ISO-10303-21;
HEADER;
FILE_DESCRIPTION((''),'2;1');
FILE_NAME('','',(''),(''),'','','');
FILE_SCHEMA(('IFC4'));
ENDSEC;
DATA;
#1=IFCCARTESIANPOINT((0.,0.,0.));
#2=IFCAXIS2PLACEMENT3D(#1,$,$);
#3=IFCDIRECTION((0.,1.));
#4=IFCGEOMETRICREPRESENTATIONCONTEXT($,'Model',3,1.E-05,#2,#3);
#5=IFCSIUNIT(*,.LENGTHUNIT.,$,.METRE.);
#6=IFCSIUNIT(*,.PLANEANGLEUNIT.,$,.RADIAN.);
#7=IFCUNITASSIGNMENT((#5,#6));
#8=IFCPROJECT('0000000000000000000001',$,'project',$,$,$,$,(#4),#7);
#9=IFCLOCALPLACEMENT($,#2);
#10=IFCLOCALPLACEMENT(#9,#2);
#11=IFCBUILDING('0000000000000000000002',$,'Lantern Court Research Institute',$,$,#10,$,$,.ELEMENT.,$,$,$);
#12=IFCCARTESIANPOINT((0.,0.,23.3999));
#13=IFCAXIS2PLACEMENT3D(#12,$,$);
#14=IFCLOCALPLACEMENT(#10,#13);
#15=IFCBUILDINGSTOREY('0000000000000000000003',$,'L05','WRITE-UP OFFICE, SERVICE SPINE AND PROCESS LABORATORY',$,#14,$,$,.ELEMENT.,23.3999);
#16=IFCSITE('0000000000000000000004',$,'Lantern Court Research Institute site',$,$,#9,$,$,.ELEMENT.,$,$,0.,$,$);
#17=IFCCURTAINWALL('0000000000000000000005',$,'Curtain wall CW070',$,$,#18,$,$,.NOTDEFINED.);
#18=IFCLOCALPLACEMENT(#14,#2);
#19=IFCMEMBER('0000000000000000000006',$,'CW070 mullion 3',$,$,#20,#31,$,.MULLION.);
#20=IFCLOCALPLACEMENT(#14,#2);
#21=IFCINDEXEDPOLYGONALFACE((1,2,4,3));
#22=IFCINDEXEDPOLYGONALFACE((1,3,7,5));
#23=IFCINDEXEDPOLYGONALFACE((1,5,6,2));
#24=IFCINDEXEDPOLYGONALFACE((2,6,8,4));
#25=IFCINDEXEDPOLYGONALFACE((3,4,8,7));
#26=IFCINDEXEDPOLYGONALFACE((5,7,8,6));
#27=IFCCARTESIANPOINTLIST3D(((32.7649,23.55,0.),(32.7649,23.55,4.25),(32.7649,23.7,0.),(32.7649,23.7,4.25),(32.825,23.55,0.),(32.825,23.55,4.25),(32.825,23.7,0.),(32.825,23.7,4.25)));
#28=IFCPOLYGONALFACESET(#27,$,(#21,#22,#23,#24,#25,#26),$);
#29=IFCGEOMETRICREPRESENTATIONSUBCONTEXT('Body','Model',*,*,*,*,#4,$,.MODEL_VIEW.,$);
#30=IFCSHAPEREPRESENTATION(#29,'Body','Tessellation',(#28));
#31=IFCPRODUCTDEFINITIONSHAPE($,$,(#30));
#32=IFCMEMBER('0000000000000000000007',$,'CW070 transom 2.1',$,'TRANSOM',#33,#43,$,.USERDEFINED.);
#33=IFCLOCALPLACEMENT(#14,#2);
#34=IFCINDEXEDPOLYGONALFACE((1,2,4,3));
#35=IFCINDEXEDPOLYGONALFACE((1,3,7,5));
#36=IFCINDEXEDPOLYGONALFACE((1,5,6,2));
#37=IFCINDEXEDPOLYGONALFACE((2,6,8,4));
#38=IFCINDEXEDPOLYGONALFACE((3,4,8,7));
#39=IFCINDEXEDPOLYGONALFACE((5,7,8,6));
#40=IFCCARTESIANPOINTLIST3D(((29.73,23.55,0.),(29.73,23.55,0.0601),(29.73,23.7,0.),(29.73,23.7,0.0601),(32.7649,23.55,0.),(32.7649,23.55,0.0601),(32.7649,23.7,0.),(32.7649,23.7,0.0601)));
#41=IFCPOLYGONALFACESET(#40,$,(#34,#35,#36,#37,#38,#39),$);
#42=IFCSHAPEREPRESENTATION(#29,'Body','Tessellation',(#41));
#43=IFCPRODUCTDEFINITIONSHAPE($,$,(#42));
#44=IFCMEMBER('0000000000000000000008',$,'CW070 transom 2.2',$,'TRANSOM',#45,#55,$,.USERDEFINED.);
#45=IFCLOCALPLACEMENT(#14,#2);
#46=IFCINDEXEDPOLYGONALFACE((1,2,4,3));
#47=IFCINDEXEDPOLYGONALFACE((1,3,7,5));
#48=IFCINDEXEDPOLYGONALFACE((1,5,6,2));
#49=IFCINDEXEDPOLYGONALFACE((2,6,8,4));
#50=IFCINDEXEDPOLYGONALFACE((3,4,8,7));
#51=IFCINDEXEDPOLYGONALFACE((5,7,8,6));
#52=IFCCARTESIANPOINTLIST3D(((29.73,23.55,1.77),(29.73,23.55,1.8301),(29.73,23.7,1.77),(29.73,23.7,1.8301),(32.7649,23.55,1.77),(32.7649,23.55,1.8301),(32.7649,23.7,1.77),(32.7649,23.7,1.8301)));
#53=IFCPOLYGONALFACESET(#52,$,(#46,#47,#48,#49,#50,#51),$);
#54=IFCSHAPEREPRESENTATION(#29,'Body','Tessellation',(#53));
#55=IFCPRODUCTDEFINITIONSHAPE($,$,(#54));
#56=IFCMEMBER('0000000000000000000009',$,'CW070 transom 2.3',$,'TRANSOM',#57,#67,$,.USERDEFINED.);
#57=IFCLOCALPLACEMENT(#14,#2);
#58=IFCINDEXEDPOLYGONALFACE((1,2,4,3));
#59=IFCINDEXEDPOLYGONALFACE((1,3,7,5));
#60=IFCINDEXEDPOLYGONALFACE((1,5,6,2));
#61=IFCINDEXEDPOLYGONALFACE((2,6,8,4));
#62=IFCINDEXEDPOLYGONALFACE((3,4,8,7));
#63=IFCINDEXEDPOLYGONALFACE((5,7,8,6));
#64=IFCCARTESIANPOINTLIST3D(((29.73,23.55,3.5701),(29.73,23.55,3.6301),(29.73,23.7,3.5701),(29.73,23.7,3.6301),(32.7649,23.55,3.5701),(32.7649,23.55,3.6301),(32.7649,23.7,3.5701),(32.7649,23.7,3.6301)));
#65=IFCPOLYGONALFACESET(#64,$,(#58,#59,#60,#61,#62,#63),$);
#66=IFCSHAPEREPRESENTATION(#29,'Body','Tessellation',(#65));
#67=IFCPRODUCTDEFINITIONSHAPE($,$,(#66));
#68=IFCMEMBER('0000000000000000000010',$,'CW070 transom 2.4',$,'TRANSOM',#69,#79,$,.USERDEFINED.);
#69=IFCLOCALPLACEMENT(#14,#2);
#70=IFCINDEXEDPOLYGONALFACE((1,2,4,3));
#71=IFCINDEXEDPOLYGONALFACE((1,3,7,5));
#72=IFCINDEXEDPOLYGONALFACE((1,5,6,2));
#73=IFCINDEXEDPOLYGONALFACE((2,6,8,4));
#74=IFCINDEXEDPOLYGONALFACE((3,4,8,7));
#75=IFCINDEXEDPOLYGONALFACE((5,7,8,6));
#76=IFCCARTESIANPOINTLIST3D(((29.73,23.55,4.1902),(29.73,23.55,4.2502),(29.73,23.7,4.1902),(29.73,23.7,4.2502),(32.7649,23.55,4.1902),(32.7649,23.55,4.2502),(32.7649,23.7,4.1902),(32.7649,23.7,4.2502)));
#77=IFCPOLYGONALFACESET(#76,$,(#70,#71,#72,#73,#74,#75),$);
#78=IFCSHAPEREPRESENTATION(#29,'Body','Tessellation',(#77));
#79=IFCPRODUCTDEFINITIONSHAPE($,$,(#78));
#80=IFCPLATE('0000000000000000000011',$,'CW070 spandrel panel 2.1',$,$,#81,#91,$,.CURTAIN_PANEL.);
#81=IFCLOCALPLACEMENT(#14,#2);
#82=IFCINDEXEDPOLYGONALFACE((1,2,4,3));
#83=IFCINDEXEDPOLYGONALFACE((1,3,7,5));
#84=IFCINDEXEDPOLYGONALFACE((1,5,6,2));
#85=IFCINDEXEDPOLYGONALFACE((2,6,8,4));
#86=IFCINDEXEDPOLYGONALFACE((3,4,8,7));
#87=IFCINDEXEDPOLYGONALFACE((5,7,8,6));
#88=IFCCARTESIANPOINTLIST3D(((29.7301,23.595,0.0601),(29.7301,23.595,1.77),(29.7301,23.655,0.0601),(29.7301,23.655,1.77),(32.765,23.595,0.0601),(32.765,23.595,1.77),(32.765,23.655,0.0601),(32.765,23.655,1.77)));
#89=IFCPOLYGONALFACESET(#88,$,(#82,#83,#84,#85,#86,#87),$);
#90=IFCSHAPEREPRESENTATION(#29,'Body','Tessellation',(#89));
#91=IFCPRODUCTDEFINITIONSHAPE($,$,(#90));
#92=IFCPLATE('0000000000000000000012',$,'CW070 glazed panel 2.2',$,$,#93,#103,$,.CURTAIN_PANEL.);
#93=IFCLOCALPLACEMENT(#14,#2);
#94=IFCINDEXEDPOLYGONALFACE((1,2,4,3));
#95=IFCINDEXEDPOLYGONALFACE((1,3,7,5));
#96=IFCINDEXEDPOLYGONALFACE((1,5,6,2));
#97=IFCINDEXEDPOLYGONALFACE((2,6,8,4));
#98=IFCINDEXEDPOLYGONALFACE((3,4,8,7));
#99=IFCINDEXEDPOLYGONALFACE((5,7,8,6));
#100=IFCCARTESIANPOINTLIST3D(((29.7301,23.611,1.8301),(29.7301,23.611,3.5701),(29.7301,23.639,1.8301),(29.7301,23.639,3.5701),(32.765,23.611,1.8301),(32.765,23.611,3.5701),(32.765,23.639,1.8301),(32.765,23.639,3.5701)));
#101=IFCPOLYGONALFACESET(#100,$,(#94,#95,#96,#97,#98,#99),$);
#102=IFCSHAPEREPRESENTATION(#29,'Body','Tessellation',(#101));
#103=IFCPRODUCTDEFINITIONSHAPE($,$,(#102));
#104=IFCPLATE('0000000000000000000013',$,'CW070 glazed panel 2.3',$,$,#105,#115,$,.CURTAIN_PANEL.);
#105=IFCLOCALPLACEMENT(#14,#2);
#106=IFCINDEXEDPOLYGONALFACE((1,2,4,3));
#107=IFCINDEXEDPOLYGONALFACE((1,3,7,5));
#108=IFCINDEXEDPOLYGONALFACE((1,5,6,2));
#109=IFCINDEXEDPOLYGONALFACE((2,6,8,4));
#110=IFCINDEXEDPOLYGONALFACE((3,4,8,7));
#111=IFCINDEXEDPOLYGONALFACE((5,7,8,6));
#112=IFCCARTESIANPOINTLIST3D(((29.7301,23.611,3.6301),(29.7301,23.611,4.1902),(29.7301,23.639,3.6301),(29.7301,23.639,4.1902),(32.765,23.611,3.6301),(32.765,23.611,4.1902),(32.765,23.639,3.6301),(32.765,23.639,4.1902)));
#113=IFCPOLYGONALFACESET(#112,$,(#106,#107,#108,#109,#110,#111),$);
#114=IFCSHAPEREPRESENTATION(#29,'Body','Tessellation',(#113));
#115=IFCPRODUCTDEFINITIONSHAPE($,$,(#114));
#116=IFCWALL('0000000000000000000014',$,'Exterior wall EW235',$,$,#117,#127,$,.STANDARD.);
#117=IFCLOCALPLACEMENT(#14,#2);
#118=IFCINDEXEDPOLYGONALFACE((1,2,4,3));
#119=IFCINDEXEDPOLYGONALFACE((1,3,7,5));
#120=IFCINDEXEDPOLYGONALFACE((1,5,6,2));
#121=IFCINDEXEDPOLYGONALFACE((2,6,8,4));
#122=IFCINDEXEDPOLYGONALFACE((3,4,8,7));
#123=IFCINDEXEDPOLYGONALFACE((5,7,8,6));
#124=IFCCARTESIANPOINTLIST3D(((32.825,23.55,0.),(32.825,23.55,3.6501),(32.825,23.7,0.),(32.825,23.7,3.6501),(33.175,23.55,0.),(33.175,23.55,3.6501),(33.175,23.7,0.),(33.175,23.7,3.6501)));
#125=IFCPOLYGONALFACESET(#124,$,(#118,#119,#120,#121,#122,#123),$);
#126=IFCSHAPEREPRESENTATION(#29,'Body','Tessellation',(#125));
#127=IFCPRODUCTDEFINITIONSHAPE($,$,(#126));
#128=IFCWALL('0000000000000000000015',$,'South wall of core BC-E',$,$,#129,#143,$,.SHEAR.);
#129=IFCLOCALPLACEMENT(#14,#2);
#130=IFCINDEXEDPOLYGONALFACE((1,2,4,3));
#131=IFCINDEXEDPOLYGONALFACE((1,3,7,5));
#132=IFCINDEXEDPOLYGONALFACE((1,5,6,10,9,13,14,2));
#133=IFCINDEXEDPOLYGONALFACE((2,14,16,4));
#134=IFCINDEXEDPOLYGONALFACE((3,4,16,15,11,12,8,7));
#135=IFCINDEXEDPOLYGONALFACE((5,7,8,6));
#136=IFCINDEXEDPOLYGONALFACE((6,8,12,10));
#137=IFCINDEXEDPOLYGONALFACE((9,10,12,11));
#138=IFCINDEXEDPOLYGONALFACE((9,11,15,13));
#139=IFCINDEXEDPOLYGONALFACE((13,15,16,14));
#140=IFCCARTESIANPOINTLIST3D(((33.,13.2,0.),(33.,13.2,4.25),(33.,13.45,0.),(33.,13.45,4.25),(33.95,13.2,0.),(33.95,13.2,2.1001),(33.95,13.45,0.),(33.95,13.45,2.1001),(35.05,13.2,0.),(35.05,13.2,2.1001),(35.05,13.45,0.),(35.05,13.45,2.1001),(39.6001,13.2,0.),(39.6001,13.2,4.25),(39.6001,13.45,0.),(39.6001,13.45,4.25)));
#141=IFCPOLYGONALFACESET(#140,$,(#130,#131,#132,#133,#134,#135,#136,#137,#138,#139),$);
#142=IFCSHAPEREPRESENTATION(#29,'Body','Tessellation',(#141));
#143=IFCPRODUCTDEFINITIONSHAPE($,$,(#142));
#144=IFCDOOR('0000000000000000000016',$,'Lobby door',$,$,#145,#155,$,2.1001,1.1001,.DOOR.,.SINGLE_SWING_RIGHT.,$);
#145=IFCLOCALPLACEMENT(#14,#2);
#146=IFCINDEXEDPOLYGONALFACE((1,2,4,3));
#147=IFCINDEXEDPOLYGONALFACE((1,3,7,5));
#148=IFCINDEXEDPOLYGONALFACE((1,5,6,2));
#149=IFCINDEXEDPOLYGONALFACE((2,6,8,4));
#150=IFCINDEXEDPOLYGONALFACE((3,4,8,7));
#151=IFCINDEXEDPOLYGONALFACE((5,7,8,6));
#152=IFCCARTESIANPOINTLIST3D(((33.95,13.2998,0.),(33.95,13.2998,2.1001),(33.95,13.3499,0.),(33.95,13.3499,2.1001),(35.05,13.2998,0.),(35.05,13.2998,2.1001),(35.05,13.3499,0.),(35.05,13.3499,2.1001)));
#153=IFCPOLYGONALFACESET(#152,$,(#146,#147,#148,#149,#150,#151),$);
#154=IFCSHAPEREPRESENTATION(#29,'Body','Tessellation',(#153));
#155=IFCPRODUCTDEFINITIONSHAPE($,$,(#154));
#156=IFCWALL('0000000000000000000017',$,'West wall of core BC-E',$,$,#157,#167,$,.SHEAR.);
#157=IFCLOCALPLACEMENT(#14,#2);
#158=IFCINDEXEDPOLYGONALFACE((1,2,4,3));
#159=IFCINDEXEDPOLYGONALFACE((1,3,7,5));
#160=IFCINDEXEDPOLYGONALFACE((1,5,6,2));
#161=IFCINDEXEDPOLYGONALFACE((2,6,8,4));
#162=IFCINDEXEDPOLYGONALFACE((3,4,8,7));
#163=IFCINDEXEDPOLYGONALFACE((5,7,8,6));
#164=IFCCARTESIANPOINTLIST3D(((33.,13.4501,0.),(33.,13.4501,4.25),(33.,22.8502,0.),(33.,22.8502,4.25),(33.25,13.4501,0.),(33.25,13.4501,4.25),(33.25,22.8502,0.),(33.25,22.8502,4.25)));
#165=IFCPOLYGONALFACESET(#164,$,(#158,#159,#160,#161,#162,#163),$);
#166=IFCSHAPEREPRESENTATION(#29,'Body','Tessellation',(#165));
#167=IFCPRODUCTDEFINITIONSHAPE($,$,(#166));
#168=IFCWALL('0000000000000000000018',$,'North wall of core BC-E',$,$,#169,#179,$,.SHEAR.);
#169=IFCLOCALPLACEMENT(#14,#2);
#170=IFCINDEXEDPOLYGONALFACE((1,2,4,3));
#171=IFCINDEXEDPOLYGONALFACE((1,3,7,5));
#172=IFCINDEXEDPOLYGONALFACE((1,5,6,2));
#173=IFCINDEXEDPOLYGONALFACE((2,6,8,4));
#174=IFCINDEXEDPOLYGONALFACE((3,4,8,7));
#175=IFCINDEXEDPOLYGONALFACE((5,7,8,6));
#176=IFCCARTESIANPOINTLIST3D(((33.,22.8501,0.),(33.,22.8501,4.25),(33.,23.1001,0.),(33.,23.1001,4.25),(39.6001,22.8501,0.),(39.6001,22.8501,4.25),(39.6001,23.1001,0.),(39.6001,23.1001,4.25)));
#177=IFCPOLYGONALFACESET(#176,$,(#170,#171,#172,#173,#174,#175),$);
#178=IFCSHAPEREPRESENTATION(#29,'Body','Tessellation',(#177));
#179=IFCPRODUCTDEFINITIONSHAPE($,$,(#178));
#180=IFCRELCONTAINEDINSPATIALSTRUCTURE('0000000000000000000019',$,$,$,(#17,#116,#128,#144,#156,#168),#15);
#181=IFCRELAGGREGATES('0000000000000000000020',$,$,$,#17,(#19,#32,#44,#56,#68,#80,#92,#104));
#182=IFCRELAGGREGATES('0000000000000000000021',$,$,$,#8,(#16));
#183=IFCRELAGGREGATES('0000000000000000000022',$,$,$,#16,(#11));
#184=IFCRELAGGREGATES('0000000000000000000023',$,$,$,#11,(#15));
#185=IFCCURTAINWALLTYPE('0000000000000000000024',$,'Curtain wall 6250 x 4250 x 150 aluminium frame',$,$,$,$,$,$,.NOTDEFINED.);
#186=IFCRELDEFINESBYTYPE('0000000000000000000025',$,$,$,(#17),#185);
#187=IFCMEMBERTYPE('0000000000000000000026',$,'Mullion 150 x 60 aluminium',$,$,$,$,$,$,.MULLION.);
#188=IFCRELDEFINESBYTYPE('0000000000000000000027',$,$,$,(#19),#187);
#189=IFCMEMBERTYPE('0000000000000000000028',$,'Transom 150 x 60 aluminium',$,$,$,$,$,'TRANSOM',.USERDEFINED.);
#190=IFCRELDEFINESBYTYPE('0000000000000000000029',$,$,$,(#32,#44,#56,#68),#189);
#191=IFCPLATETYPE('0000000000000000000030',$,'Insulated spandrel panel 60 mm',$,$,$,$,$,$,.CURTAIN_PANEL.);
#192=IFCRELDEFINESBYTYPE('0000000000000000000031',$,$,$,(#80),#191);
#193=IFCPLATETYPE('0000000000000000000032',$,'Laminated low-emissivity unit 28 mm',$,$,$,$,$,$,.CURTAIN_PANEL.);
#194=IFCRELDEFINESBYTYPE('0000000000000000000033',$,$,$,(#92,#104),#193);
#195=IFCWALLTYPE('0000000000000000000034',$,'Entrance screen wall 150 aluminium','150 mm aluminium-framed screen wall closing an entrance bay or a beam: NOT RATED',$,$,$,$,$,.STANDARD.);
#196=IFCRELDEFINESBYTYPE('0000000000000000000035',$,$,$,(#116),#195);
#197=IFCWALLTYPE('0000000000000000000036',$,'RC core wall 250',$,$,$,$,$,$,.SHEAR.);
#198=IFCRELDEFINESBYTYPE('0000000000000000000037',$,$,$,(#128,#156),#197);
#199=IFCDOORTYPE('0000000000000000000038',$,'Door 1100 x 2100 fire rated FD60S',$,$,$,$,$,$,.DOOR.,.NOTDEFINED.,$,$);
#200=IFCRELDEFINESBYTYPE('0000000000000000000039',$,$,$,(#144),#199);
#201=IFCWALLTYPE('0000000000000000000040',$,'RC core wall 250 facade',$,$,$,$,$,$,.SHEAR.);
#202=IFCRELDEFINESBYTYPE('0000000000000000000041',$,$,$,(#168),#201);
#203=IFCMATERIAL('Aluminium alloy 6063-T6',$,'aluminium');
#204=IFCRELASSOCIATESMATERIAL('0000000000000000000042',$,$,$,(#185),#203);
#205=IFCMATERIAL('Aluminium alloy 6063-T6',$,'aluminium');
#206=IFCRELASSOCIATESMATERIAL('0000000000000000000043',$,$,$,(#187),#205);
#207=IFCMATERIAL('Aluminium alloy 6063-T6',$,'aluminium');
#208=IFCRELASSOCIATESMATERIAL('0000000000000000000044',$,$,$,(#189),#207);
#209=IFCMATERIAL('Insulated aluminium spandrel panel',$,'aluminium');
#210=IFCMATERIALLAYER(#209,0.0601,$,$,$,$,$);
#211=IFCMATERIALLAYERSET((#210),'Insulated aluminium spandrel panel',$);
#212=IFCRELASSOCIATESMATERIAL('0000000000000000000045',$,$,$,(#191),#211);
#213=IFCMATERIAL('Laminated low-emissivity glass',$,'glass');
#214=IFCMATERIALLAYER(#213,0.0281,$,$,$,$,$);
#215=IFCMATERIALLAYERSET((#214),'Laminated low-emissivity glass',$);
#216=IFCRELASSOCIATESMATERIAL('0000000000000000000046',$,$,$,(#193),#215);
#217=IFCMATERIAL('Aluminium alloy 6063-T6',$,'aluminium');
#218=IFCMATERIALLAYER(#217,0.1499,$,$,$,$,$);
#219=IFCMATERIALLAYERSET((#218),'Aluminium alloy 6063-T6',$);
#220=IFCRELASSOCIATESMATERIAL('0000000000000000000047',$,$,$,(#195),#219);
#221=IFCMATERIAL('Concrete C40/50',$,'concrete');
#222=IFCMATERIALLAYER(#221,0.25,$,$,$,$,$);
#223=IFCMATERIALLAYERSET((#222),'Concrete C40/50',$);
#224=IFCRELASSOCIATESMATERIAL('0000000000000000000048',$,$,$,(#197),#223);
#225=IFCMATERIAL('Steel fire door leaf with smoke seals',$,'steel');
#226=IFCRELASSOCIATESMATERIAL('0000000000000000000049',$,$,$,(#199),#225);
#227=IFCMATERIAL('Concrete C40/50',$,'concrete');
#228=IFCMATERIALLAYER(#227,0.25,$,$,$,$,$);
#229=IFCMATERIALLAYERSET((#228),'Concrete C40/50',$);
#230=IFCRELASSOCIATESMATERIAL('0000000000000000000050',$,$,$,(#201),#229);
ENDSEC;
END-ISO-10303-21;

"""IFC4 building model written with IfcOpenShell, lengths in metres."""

from ifc_helpers import new_model, si_unit, direction, frame, frame_2d, origin, origin_2d, place, context, subcontext, project, spatial, rectangle, extrude, material, layer, layer_set, material_profile, profile_set, type_object, element, fill, aggregate, save


model = new_model("IFC4")

# Units and contexts
model_context = context("Model", 3, precision=1e-05, world=origin(), true_north=direction((0.0, 1.0)))
body_context = subcontext(model_context, "Body", "Model", "MODEL_VIEW")
ifc_project = project(units=[si_unit("LENGTHUNIT", "METRE"), si_unit("PLANEANGLEUNIT", "RADIAN")], contexts=[model_context])

# Site, building, storey
site_placement = place(None, origin())
site = spatial("IfcSite", under=ifc_project, at=site_placement, Name="Lantern Court Research Institute site", CompositionType="ELEMENT", RefElevation=0.0)
building_placement = place(site_placement, origin())
building = spatial("IfcBuilding", under=site, at=building_placement, Name="Lantern Court Research Institute", CompositionType="ELEMENT")
storey_placement = place(building_placement, frame((0.0, 0.0, 23.3999)))
storey = spatial("IfcBuildingStorey", under=building, at=storey_placement, Name="L05", Description="WRITE-UP OFFICE, SERVICE SPINE AND PROCESS LABORATORY", CompositionType="ELEMENT", Elevation=23.3999)

# Curtain wall, members, plates
ifc_material_1 = material(Name="Aluminium alloy 6063-T6", Category="aluminium")
curtain_wall_type = type_object("IfcCurtainWallType", Name="Curtain wall 6250 x 4250 x 150 aluminium frame", PredefinedType="NOTDEFINED", material=ifc_material_1)
curtain_wall_placement = place(storey_placement, origin())
curtain_wall = element("IfcCurtainWall", 1, at=curtain_wall_placement, inside=storey, type_object=curtain_wall_type, Name="Curtain wall CW070", PredefinedType="NOTDEFINED")
ifc_material_2 = material(Name="Aluminium alloy 6063-T6", Category="aluminium")
ifc_material_profile_1 = material_profile(ifc_material_2, rectangle(XDim=0.1499, YDim=0.0601, at=origin_2d()), Name="Mullion 150 x 60")
ifc_profile_set_1 = profile_set([ifc_material_profile_1], Name="Aluminium alloy 6063-T6")
member_type_1 = type_object("IfcMemberType", Name="Mullion 150 x 60 aluminium", PredefinedType="MULLION", material=ifc_profile_set_1)
member_1_placement = place(storey_placement, frame((32.7949, 23.625, 0.0), z_axis=(0.0, 0.0, 1.0), x_axis=(0.0, 1.0, 0.0)))
member_1 = element("IfcMember", 2, at=member_1_placement, type_object=member_type_1, Name="CW070 mullion 3", PredefinedType="MULLION", context=body_context, shape_type="SweptSolid", body=[
    extrude(rectangle(XDim=0.1499, YDim=0.0601, at=origin_2d()), origin(), (0.0, 0.0, 1.0), 4.25),
])
ifc_material_3 = material(Name="Aluminium alloy 6063-T6", Category="aluminium")
ifc_material_profile_2 = material_profile(ifc_material_3, rectangle(XDim=0.1499, YDim=0.0601, at=origin_2d()), Name="Transom 150 x 60")
ifc_profile_set_2 = profile_set([ifc_material_profile_2], Name="Aluminium alloy 6063-T6")
member_type_2 = type_object("IfcMemberType", Name="Transom 150 x 60 aluminium", ElementType="TRANSOM", PredefinedType="USERDEFINED", material=ifc_profile_set_2)
member_2_placement = place(storey_placement, frame((29.73, 23.625, 0.03), z_axis=(1.0, 0.0, 0.0), x_axis=(0.0, 1.0, 0.0)))
member_2 = element("IfcMember", 3, at=member_2_placement, type_object=member_type_2, Name="CW070 transom 2.1", ObjectType="TRANSOM", PredefinedType="USERDEFINED", context=body_context, shape_type="SweptSolid", body=[
    extrude(rectangle(XDim=0.1499, YDim=0.0601, at=origin_2d()), origin(), (0.0, 0.0, 1.0), 3.0349),
])
member_3_placement = place(storey_placement, frame((29.73, 23.625, 1.8), z_axis=(1.0, 0.0, 0.0), x_axis=(0.0, 1.0, 0.0)))
member_3 = element("IfcMember", 4, at=member_3_placement, type_object=member_type_2, Name="CW070 transom 2.2", ObjectType="TRANSOM", PredefinedType="USERDEFINED", context=body_context, shape_type="SweptSolid", body=[
    extrude(rectangle(XDim=0.1499, YDim=0.0601, at=origin_2d()), origin(), (0.0, 0.0, 1.0), 3.0349),
])
member_4_placement = place(storey_placement, frame((29.73, 23.625, 3.6001), z_axis=(1.0, 0.0, 0.0), x_axis=(0.0, 1.0, 0.0)))
member_4 = element("IfcMember", 5, at=member_4_placement, type_object=member_type_2, Name="CW070 transom 2.3", ObjectType="TRANSOM", PredefinedType="USERDEFINED", context=body_context, shape_type="SweptSolid", body=[
    extrude(rectangle(XDim=0.1499, YDim=0.0601, at=origin_2d()), origin(), (0.0, 0.0, 1.0), 3.0349),
])
member_5_placement = place(storey_placement, frame((29.73, 23.625, 4.2202), z_axis=(1.0, 0.0, 0.0), x_axis=(0.0, 1.0, 0.0)))
member_5 = element("IfcMember", 6, at=member_5_placement, type_object=member_type_2, Name="CW070 transom 2.4", ObjectType="TRANSOM", PredefinedType="USERDEFINED", context=body_context, shape_type="SweptSolid", body=[
    extrude(rectangle(XDim=0.1499, YDim=0.0601, at=origin_2d()), origin(), (0.0, 0.0, 1.0), 3.0349),
])
ifc_material_4 = material(Name="Insulated aluminium spandrel panel", Category="aluminium")
ifc_layer_1 = layer(ifc_material_4, 0.0601)
ifc_layer_set_1 = layer_set([ifc_layer_1], Name="Insulated aluminium spandrel panel")
plate_type_1 = type_object("IfcPlateType", Name="Insulated spandrel panel 60 mm", PredefinedType="CURTAIN_PANEL", material=ifc_layer_set_1)
plate_1_placement = place(storey_placement, frame((31.2476, 23.625, 0.0601), z_axis=(0.0, 0.0, 1.0), x_axis=(1.0, 0.0, 0.0)))
plate_1 = element("IfcPlate", 7, at=plate_1_placement, type_object=plate_type_1, Name="CW070 spandrel panel 2.1", PredefinedType="CURTAIN_PANEL", context=body_context, shape_type="SweptSolid", body=[
    extrude(rectangle(XDim=3.0349, YDim=0.0601, at=origin_2d()), origin(), (0.0, 0.0, 1.0), 1.71),
])
ifc_material_5 = material(Name="Laminated low-emissivity glass", Category="glass")
ifc_layer_2 = layer(ifc_material_5, 0.0281)
ifc_layer_set_2 = layer_set([ifc_layer_2], Name="Laminated low-emissivity glass")
plate_type_2 = type_object("IfcPlateType", Name="Laminated low-emissivity unit 28 mm", PredefinedType="CURTAIN_PANEL", material=ifc_layer_set_2)
plate_2_placement = place(storey_placement, frame((31.2476, 23.625, 1.8301), z_axis=(0.0, 0.0, 1.0), x_axis=(1.0, 0.0, 0.0)))
plate_2 = element("IfcPlate", 8, at=plate_2_placement, type_object=plate_type_2, Name="CW070 glazed panel 2.2", PredefinedType="CURTAIN_PANEL", context=body_context, shape_type="SweptSolid", body=[
    extrude(rectangle(XDim=3.0349, YDim=0.0281, at=origin_2d()), origin(), (0.0, 0.0, 1.0), 1.74),
])
plate_3_placement = place(storey_placement, frame((31.2476, 23.625, 3.6301), z_axis=(0.0, 0.0, 1.0), x_axis=(1.0, 0.0, 0.0)))
plate_3 = element("IfcPlate", 9, at=plate_3_placement, type_object=plate_type_2, Name="CW070 glazed panel 2.3", PredefinedType="CURTAIN_PANEL", context=body_context, shape_type="SweptSolid", body=[
    extrude(rectangle(XDim=3.0349, YDim=0.0281, at=origin_2d()), origin(), (0.0, 0.0, 1.0), 0.5601),
])
aggregate(curtain_wall, [member_1, member_2, member_3, member_4, member_5, plate_1, plate_2, plate_3])

# Wall
ifc_material_6 = material(Name="Aluminium alloy 6063-T6", Category="aluminium")
ifc_layer_3 = layer(ifc_material_6, 0.1499)
ifc_layer_set_3 = layer_set([ifc_layer_3], Name="Aluminium alloy 6063-T6")
wall_type_1 = type_object("IfcWallType", Name="Entrance screen wall 150 aluminium", Description="150 mm aluminium-framed screen wall closing an entrance bay or a beam: NOT RATED", PredefinedType="STANDARD", material=ifc_layer_set_3)
wall_1_placement = place(storey_placement, frame((32.825, 23.625, 0.0), z_axis=(0.0, 0.0, 1.0), x_axis=(1.0, 0.0, 0.0)))
element("IfcWall", 10, at=wall_1_placement, inside=storey, type_object=wall_type_1, Name="Exterior wall EW235", PredefinedType="STANDARD", context=body_context, shape_type="SweptSolid", body=[
    extrude(rectangle(XDim=0.3501, YDim=0.1499, at=frame_2d((0.175, 0.0))), origin(), (0.0, 0.0, 1.0), 3.6501),
])

# Wall, opening, door
ifc_material_7 = material(Name="Concrete C40/50", Category="concrete")
ifc_layer_4 = layer(ifc_material_7, 0.25)
ifc_layer_set_4 = layer_set([ifc_layer_4], Name="Concrete C40/50")
wall_type_2 = type_object("IfcWallType", Name="RC core wall 250", PredefinedType="SHEAR", material=ifc_layer_set_4)
wall_2_placement = place(storey_placement, frame((33.0, 13.325, 0.0), z_axis=(0.0, 0.0, 1.0), x_axis=(1.0, 0.0, 0.0)))
wall_2 = element("IfcWall", 11, at=wall_2_placement, inside=storey, type_object=wall_type_2, Name="South wall of core BC-E", PredefinedType="SHEAR", context=body_context, shape_type="SweptSolid", body=[
    extrude(rectangle(XDim=6.6001, YDim=0.25, at=frame_2d((3.3, 0.0))), origin(), (0.0, 0.0, 1.0), 4.25),
])
opening_1_placement = place(wall_2_placement, frame((0.95, 0.0, 0.0)))
opening_1 = element("IfcOpeningElement", 12, at=opening_1_placement, cuts=wall_2, PredefinedType="OPENING", context=body_context, shape_type="SweptSolid", body=[
    extrude(rectangle(XDim=1.1001, YDim=2.1001, at=frame_2d((0.55, 1.05))), frame((0.0, 0.135, 0.0), z_axis=(0.0, -1.0, 0.0), x_axis=(1.0, 0.0, 0.0)), (0.0, 0.0, 1.0), 0.27),
])
ifc_material_8 = material(Name="Steel fire door leaf with smoke seals", Category="steel")
door_type_1 = type_object("IfcDoorType", Name="Door 1100 x 2100 fire rated FD60S", OperationType="NOTDEFINED", PredefinedType="DOOR", material=ifc_material_8)
door_1_placement = place(opening_1_placement, origin())
door_1 = element("IfcDoor", 13, at=door_1_placement, inside=storey, type_object=door_type_1, Name="Lobby door", OperationType="SINGLE_SWING_RIGHT", OverallHeight=2.1001, OverallWidth=1.1001, PredefinedType="DOOR", context=body_context, shape_type="SweptSolid", body=[
    extrude(rectangle(XDim=1.1001, YDim=2.1001, at=frame_2d((0.55, 1.05))), frame((0.0, 0.0249, 0.0), z_axis=(0.0, -1.0, 0.0), x_axis=(1.0, 0.0, 0.0)), (0.0, 0.0, 1.0), 0.05),
])
fill(opening_1, door_1)

# Walls
wall_3_placement = place(storey_placement, frame((33.125, 13.45, 0.0), z_axis=(0.0, 0.0, 1.0), x_axis=(0.0, 1.0, 0.0)))
element("IfcWall", 14, at=wall_3_placement, inside=storey, type_object=wall_type_2, Name="West wall of core BC-E", PredefinedType="SHEAR", context=body_context, shape_type="SweptSolid", body=[
    extrude(rectangle(XDim=9.4001, YDim=0.25, at=frame_2d((4.7002, 0.0))), origin(), (0.0, 0.0, 1.0), 4.25),
])
ifc_material_9 = material(Name="Concrete C40/50", Category="concrete")
ifc_layer_5 = layer(ifc_material_9, 0.25)
ifc_layer_set_5 = layer_set([ifc_layer_5], Name="Concrete C40/50")
wall_type_3 = type_object("IfcWallType", Name="RC core wall 250 facade", PredefinedType="SHEAR", material=ifc_layer_set_5)
wall_4_placement = place(storey_placement, frame((33.0, 22.9751, 0.0), z_axis=(0.0, 0.0, 1.0), x_axis=(1.0, 0.0, 0.0)))
element("IfcWall", 15, at=wall_4_placement, inside=storey, type_object=wall_type_3, Name="North wall of core BC-E", PredefinedType="SHEAR", context=body_context, shape_type="SweptSolid", body=[
    extrude(rectangle(XDim=6.6001, YDim=0.25, at=frame_2d((3.3, 0.0))), origin(), (0.0, 0.0, 1.0), 4.25),
])

save(model, "model.ifc")
